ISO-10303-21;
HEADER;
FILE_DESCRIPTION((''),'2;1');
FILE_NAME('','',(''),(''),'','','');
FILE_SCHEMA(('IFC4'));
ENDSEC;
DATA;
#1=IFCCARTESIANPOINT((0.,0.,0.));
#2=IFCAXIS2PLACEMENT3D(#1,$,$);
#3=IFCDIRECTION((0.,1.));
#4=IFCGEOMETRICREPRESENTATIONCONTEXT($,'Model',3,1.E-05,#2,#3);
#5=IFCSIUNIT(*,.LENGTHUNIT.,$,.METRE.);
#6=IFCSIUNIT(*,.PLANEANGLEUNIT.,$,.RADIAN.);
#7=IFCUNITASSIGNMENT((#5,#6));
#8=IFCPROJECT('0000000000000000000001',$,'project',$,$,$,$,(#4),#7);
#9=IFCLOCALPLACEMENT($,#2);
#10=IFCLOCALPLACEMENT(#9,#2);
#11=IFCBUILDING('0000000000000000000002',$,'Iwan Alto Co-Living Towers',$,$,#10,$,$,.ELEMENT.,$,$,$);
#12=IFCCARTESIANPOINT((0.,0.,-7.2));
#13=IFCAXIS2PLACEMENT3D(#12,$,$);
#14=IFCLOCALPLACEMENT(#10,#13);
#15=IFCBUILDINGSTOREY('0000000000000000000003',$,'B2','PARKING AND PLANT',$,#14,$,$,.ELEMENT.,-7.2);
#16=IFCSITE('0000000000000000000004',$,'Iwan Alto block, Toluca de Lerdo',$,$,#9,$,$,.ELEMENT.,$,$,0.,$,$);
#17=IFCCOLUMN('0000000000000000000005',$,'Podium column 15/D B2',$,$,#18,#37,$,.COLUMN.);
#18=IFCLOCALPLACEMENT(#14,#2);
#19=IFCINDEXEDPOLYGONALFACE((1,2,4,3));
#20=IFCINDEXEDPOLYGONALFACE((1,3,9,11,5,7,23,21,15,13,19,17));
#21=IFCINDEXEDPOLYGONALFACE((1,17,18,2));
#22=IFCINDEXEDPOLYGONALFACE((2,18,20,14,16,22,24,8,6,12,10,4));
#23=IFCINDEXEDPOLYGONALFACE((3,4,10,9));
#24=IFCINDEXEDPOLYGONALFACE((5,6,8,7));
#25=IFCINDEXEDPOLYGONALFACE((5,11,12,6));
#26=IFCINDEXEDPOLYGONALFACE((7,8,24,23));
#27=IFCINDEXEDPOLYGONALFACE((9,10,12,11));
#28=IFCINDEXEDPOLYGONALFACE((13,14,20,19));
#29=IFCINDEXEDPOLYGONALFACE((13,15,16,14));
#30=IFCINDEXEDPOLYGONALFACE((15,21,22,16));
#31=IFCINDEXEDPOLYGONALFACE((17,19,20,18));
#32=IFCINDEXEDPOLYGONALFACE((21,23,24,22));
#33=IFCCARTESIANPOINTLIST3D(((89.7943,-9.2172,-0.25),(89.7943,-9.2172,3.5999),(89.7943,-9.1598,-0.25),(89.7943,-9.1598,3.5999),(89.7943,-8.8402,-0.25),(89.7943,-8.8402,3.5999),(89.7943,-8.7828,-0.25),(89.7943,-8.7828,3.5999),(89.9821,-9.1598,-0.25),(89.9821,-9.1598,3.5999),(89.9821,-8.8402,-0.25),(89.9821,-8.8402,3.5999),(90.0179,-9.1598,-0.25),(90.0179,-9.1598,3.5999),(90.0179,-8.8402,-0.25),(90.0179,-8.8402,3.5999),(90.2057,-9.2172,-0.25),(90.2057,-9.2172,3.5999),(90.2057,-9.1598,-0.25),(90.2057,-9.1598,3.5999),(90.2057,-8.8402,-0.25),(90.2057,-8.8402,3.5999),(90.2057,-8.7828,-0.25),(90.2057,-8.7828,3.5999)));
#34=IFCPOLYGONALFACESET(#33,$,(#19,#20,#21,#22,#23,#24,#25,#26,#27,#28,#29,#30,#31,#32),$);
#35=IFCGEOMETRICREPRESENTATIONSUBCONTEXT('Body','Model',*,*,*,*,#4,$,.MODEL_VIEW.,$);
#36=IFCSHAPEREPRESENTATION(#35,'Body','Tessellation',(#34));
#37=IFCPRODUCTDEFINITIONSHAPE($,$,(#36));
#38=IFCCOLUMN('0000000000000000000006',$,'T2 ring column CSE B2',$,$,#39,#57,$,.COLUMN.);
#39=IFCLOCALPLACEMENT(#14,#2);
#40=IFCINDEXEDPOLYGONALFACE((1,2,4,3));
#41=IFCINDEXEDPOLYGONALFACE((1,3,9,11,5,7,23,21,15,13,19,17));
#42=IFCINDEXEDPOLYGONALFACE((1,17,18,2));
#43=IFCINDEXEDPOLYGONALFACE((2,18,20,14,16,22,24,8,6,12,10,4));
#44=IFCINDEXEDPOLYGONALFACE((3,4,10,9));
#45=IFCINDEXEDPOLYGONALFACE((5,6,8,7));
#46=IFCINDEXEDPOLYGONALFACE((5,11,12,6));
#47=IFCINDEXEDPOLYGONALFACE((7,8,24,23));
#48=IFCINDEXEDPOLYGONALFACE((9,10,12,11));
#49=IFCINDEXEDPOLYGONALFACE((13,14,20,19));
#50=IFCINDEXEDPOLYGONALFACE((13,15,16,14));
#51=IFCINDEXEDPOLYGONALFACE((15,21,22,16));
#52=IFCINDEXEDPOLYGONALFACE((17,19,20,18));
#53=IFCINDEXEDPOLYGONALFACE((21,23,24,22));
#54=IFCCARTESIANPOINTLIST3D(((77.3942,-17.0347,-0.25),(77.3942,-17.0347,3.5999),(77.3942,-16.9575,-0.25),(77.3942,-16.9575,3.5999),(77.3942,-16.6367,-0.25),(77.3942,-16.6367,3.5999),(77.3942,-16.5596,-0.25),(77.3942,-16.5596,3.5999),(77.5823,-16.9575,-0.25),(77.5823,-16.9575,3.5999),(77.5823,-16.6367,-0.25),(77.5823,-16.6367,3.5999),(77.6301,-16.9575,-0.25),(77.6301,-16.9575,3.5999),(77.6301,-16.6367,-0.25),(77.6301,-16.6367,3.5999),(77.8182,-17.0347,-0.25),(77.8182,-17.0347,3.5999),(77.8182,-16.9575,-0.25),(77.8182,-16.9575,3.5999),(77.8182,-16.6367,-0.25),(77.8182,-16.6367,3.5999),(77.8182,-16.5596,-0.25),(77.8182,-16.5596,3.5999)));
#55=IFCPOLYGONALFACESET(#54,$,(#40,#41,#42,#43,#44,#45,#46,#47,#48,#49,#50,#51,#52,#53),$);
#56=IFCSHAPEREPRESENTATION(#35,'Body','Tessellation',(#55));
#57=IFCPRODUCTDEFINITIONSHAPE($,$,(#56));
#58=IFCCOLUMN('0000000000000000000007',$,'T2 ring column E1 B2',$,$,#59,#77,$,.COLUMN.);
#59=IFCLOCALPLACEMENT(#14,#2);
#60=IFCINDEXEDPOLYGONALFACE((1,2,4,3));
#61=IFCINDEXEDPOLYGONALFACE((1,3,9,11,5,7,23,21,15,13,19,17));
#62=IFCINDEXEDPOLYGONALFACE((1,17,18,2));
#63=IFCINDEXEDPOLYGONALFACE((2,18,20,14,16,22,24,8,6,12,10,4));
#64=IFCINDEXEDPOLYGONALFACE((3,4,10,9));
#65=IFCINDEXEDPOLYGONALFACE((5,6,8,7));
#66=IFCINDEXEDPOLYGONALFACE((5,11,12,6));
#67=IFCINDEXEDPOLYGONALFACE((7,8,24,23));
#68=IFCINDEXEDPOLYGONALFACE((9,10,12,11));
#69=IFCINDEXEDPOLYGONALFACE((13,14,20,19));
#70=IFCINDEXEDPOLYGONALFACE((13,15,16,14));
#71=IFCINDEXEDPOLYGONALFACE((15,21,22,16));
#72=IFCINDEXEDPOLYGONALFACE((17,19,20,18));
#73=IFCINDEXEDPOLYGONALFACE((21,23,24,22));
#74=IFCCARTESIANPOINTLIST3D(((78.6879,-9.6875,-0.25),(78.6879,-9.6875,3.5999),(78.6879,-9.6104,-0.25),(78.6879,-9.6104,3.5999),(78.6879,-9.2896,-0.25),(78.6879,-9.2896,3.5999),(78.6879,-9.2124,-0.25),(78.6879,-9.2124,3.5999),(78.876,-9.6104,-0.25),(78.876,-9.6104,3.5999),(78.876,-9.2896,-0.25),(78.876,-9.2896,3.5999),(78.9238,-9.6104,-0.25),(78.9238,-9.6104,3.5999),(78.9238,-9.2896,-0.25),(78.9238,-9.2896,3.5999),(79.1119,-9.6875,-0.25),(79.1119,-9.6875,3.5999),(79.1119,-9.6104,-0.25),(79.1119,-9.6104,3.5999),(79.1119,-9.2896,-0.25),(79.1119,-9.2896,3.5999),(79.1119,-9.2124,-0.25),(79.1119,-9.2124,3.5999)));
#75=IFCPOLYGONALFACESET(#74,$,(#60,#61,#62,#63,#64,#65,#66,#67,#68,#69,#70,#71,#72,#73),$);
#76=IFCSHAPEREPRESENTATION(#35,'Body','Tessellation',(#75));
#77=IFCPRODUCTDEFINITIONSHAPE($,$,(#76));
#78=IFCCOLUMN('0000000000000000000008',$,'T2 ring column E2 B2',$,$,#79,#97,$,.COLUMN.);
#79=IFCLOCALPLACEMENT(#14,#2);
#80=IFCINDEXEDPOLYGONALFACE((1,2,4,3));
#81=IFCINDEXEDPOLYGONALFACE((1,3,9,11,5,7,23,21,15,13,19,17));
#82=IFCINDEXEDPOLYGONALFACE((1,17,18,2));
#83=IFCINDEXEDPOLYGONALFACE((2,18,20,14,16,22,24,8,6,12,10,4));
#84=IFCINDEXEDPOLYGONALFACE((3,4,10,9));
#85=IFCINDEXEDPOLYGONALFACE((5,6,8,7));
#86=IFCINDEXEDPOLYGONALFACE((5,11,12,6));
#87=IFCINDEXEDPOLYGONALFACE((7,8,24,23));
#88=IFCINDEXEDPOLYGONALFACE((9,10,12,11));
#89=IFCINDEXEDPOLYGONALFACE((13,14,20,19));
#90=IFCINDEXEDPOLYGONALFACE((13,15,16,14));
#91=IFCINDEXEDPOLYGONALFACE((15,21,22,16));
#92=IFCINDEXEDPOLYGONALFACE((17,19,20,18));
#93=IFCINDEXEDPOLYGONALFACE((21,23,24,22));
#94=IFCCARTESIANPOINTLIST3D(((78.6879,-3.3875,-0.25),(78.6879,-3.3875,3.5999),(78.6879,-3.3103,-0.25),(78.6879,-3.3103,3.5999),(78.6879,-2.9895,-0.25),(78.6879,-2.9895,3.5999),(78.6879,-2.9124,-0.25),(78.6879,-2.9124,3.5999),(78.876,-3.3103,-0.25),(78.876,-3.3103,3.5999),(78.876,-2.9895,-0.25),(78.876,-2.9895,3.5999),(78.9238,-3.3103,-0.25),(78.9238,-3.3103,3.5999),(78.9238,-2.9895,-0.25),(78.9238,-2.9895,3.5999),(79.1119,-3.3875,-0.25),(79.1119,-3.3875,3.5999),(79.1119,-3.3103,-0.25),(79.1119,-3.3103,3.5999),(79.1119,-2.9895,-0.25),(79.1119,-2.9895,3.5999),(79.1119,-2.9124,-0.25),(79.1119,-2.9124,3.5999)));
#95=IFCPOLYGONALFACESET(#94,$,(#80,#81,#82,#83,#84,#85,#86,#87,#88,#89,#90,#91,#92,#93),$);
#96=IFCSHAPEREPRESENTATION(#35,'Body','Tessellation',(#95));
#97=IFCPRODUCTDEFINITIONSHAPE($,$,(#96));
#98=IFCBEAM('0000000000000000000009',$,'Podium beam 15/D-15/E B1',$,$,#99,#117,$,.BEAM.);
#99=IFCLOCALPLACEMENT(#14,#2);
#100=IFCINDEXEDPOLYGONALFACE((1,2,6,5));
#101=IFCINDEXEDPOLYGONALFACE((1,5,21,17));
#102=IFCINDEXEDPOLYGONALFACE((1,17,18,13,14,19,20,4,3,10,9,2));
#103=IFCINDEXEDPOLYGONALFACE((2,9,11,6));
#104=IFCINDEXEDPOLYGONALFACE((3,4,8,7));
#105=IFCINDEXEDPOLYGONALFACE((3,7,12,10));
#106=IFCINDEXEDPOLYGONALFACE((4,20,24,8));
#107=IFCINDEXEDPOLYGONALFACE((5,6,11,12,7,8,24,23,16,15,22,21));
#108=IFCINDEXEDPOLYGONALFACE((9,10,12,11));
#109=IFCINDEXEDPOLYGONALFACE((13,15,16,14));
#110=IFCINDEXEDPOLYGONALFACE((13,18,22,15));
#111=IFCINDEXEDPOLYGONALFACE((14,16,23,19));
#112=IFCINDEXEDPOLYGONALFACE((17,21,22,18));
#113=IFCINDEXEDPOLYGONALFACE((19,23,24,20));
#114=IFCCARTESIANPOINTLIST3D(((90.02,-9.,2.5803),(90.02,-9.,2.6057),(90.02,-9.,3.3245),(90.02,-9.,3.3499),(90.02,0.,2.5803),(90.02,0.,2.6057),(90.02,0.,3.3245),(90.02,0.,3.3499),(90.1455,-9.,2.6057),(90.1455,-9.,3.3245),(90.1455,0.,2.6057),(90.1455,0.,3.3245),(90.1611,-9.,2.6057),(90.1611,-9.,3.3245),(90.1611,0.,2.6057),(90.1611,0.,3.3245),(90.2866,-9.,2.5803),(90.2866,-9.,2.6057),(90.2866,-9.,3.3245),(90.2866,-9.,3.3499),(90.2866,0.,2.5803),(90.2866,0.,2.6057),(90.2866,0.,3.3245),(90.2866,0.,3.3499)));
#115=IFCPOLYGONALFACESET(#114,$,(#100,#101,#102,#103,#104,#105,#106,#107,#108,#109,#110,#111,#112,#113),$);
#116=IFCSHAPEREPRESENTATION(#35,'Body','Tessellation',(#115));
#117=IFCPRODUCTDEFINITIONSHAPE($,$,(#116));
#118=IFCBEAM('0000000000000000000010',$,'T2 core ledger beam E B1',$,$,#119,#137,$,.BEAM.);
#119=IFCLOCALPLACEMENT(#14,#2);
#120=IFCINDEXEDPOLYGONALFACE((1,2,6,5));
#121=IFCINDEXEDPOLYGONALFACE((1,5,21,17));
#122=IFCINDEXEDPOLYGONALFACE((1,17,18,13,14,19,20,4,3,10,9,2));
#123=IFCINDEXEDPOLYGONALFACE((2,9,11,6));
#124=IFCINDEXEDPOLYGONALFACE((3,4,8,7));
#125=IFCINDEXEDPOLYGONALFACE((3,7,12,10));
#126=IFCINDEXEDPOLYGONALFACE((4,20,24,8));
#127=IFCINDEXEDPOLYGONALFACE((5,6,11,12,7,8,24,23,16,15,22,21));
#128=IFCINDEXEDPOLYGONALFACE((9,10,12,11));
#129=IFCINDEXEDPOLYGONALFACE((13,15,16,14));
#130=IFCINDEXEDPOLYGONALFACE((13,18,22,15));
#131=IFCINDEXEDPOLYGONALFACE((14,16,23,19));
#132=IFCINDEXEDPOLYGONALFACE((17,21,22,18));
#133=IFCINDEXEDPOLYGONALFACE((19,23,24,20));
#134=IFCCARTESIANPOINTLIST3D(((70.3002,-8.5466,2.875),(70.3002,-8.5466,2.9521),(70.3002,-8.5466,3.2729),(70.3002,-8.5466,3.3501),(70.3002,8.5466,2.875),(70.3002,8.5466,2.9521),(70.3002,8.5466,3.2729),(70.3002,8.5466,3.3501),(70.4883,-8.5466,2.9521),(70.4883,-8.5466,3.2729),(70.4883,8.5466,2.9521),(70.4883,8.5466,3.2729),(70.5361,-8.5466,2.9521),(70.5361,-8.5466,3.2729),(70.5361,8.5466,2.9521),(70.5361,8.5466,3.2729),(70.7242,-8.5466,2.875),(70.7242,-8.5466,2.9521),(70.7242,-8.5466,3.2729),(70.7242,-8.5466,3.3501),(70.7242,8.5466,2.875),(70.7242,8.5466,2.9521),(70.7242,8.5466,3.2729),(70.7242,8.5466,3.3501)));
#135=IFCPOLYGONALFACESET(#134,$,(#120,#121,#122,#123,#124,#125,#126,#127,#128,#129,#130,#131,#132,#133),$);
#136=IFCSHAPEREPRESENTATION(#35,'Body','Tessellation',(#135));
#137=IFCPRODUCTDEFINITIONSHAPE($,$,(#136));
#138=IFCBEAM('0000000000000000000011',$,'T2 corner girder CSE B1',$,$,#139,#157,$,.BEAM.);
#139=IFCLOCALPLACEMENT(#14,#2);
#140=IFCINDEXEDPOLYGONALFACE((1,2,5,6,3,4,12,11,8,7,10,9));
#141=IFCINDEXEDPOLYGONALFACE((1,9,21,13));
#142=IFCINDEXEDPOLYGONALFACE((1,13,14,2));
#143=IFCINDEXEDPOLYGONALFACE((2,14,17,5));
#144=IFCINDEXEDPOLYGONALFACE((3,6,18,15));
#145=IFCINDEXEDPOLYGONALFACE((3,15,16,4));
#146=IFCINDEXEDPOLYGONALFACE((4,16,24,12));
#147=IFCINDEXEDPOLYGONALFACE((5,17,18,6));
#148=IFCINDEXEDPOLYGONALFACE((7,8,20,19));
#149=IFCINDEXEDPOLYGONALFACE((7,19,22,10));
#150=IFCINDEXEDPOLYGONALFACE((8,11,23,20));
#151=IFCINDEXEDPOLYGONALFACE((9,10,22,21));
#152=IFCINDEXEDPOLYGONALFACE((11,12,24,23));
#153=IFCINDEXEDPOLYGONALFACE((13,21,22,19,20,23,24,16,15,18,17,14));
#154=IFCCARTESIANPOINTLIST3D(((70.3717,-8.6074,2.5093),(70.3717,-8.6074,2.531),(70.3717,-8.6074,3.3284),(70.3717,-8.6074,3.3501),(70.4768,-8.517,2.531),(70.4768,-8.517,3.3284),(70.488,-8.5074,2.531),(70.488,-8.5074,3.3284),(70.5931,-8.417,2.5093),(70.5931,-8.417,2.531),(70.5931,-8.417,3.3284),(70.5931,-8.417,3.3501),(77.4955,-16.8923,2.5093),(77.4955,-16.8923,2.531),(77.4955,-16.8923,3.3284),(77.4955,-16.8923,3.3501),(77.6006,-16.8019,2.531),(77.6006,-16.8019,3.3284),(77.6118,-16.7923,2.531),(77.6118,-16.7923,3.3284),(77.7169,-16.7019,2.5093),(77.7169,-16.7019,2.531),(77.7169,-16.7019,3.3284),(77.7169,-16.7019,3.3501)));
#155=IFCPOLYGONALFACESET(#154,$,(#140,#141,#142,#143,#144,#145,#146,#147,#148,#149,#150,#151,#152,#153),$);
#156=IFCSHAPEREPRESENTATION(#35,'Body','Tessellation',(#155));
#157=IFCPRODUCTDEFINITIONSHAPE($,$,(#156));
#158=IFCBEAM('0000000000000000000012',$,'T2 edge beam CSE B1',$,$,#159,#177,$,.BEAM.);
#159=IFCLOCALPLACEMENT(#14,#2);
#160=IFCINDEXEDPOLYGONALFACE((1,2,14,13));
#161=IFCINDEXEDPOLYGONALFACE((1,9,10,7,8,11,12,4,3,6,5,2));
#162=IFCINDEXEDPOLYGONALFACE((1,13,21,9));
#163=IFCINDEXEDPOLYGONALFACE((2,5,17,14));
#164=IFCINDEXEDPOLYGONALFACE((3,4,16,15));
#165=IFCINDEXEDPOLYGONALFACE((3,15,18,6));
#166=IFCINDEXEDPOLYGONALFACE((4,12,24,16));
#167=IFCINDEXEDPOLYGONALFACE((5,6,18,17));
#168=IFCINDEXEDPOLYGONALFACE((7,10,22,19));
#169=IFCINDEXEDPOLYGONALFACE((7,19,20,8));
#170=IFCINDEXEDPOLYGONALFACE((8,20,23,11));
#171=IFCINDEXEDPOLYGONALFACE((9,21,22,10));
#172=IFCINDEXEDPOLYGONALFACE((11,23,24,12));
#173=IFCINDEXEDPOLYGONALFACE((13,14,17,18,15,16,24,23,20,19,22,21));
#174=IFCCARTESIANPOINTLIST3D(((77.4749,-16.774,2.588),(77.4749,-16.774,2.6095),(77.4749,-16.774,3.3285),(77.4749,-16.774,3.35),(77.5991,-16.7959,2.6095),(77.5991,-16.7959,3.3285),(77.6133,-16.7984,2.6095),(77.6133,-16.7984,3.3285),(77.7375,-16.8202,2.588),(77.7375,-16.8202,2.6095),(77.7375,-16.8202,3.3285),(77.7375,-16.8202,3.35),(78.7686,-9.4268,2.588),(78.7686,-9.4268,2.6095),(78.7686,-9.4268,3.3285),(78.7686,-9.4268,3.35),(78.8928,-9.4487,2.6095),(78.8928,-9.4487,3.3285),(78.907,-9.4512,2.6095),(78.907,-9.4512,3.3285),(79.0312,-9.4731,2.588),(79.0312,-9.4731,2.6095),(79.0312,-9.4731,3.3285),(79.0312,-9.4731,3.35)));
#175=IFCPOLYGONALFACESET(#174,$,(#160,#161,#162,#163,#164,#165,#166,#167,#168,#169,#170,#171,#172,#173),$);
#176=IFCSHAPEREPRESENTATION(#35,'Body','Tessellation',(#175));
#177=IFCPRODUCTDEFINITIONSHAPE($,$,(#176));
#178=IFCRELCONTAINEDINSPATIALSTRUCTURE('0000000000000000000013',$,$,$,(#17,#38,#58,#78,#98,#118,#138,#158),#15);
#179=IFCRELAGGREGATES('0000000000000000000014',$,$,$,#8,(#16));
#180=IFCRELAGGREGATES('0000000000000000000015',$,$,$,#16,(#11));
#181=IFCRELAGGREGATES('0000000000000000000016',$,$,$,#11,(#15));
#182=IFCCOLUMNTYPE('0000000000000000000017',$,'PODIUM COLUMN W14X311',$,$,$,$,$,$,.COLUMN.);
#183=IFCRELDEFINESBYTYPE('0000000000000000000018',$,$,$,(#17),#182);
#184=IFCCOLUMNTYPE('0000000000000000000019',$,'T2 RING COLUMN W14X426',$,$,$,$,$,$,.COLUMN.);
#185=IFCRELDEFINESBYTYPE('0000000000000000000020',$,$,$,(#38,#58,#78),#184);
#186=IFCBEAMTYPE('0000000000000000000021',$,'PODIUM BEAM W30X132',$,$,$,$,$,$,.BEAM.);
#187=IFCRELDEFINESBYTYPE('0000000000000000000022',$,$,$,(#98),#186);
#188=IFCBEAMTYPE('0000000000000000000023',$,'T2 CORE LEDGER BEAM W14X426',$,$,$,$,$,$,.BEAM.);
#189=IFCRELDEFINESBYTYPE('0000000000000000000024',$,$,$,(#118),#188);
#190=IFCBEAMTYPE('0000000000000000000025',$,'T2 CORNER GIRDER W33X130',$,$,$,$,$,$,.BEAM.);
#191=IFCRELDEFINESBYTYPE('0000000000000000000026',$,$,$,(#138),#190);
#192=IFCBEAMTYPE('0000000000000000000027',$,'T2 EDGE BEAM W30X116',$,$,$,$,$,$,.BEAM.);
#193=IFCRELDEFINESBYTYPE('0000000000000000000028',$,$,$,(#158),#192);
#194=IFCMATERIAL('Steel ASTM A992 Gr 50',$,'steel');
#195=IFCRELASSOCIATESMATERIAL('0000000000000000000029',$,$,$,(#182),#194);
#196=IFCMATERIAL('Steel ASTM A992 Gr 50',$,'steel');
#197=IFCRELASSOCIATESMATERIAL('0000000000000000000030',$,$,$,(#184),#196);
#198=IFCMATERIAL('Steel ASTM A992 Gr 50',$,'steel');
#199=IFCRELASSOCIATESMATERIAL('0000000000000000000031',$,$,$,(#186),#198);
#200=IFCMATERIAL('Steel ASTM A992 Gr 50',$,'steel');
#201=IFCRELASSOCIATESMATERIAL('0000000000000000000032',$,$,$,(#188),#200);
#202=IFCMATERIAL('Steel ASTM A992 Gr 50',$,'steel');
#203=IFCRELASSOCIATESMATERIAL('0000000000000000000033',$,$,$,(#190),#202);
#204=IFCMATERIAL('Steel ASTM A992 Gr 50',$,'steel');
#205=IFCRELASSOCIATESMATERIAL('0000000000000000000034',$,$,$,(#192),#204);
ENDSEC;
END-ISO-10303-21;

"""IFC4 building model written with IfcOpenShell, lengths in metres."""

from ifc_helpers import new_model, si_unit, direction, frame, origin, origin_2d, place, context, subcontext, project, spatial, i_section, extrude, material, material_profile, profile_set, type_object, element, save


model = new_model("IFC4")

# Units and contexts
model_context = context("Model", 3, precision=1e-05, world=origin(), true_north=direction((0.0, 1.0)))
body_context = subcontext(model_context, "Body", "Model", "MODEL_VIEW")
ifc_project = project(units=[si_unit("LENGTHUNIT", "METRE"), si_unit("PLANEANGLEUNIT", "RADIAN")], contexts=[model_context])

# Site, building, storey
site_placement = place(None, origin())
site = spatial("IfcSite", under=ifc_project, at=site_placement, Name="Iwan Alto block, Toluca de Lerdo", CompositionType="ELEMENT", RefElevation=0.0)
building_placement = place(site_placement, origin())
building = spatial("IfcBuilding", under=site, at=building_placement, Name="Iwan Alto Co-Living Towers", CompositionType="ELEMENT")
storey_placement = place(building_placement, frame((0.0, 0.0, -7.2)))
storey = spatial("IfcBuildingStorey", under=building, at=storey_placement, Name="B2", Description="PARKING AND PLANT", CompositionType="ELEMENT", Elevation=-7.2)

# Columns
ifc_material_1 = material(Name="Steel ASTM A992 Gr 50", Category="steel")
ifc_material_profile_1 = material_profile(ifc_material_1, i_section(OverallWidth=0.4114, OverallDepth=0.4343, WebThickness=0.0359, FlangeThickness=0.0574, at=origin_2d()), Name="W14X311")
ifc_profile_set_1 = profile_set([ifc_material_profile_1], Name="Steel ASTM A992 Gr 50")
column_type_1 = type_object("IfcColumnType", Name="PODIUM COLUMN W14X311", PredefinedType="COLUMN", material=ifc_profile_set_1)
column_placement = place(storey_placement, frame((90.0, -9.0, -0.25), z_axis=(0.0, 0.0, 1.0), x_axis=(1.0, 0.0, 0.0)))
element("IfcColumn", 1, at=column_placement, inside=storey, type_object=column_type_1, Name="Podium column 15/D B2", PredefinedType="COLUMN", context=body_context, shape_type="SweptSolid", body=[
    extrude(i_section(OverallWidth=0.4114, OverallDepth=0.4343, WebThickness=0.0359, FlangeThickness=0.0574, at=origin_2d()), origin(), (0.0, 0.0, 1.0), 3.8499),
])
ifc_material_2 = material(Name="Steel ASTM A992 Gr 50", Category="steel")
ifc_material_profile_2 = material_profile(ifc_material_2, i_section(OverallWidth=0.4241, OverallDepth=0.4751, WebThickness=0.0479, FlangeThickness=0.0771, at=origin_2d()), Name="W14X426")
ifc_profile_set_2 = profile_set([ifc_material_profile_2], Name="Steel ASTM A992 Gr 50")
column_type_2 = type_object("IfcColumnType", Name="T2 RING COLUMN W14X426", PredefinedType="COLUMN", material=ifc_profile_set_2)
for number, where, z_axis, x_axis, name in (
    (2, (77.6062, -16.7971, -0.25), (0.0, 0.0, 1.0), (1.0, 0.0, 0.0), "T2 ring column CSE B2"),
    (3, (78.8999, -9.45, -0.25), (0.0, 0.0, 1.0), (1.0, 0.0, 0.0), "T2 ring column E1 B2"),
    (4, (78.8999, -3.1499, -0.25), (0.0, 0.0, 1.0), (1.0, 0.0, 0.0), "T2 ring column E2 B2"),
):
    element("IfcColumn", number, at=place(storey_placement, frame(where, z_axis=z_axis, x_axis=x_axis)), inside=storey, type_object=column_type_2, Name=name, PredefinedType="COLUMN", context=body_context, shape_type="SweptSolid", body=[
        extrude(i_section(OverallWidth=0.4241, OverallDepth=0.4751, WebThickness=0.0479, FlangeThickness=0.0771, at=origin_2d()), origin(), (0.0, 0.0, 1.0), 3.8499),
    ])

# Beams
ifc_material_3 = material(Name="Steel ASTM A992 Gr 50", Category="steel")
ifc_material_profile_3 = material_profile(ifc_material_3, i_section(OverallWidth=0.2666, OverallDepth=0.7695, WebThickness=0.0156, FlangeThickness=0.0254, at=origin_2d()), Name="W30X132")
ifc_profile_set_3 = profile_set([ifc_material_profile_3], Name="Steel ASTM A992 Gr 50")
beam_type_1 = type_object("IfcBeamType", Name="PODIUM BEAM W30X132", PredefinedType="BEAM", material=ifc_profile_set_3)
beam_1_placement = place(storey_placement, frame((90.1533, -9.0, 2.9651), z_axis=(0.0, 1.0, 0.0), x_axis=(-1.0, 0.0, 0.0)))
element("IfcBeam", 5, at=beam_1_placement, inside=storey, type_object=beam_type_1, Name="Podium beam 15/D-15/E B1", PredefinedType="BEAM", context=body_context, shape_type="SweptSolid", body=[
    extrude(i_section(OverallWidth=0.2666, OverallDepth=0.7695, WebThickness=0.0156, FlangeThickness=0.0254, at=origin_2d()), origin(), (0.0, 0.0, 1.0), 9.0),
])
ifc_material_4 = material(Name="Steel ASTM A992 Gr 50", Category="steel")
ifc_material_profile_4 = material_profile(ifc_material_4, i_section(OverallWidth=0.4241, OverallDepth=0.4751, WebThickness=0.0479, FlangeThickness=0.0771, at=origin_2d()), Name="W14X426")
ifc_profile_set_4 = profile_set([ifc_material_profile_4], Name="Steel ASTM A992 Gr 50")
beam_type_2 = type_object("IfcBeamType", Name="T2 CORE LEDGER BEAM W14X426", PredefinedType="BEAM", material=ifc_profile_set_4)
beam_2_placement = place(storey_placement, frame((70.5122, -8.5466, 3.1125), z_axis=(0.0, 1.0, 0.0), x_axis=(-1.0, 0.0, 0.0)))
element("IfcBeam", 6, at=beam_2_placement, inside=storey, type_object=beam_type_2, Name="T2 core ledger beam E B1", PredefinedType="BEAM", context=body_context, shape_type="SweptSolid", body=[
    extrude(i_section(OverallWidth=0.4241, OverallDepth=0.4751, WebThickness=0.0479, FlangeThickness=0.0771, at=origin_2d()), origin(), (0.0, 0.0, 1.0), 17.0933),
])
ifc_material_5 = material(Name="Steel ASTM A992 Gr 50", Category="steel")
ifc_material_profile_5 = material_profile(ifc_material_5, i_section(OverallWidth=0.292, OverallDepth=0.8408, WebThickness=0.0146, FlangeThickness=0.0217, at=origin_2d()), Name="W33X130")
ifc_profile_set_5 = profile_set([ifc_material_profile_5], Name="Steel ASTM A992 Gr 50")
beam_type_3 = type_object("IfcBeamType", Name="T2 CORNER GIRDER W33X130", PredefinedType="BEAM", material=ifc_profile_set_5)
beam_3_placement = place(storey_placement, frame((77.6062, -16.7971, 2.9297), z_axis=(-0.651974, 0.758242, 0.0), x_axis=(-0.758242, -0.651974, 0.0)))
element("IfcBeam", 7, at=beam_3_placement, inside=storey, type_object=beam_type_3, Name="T2 corner girder CSE B1", PredefinedType="BEAM", context=body_context, shape_type="SweptSolid", body=[
    extrude(i_section(OverallWidth=0.292, OverallDepth=0.8408, WebThickness=0.0146, FlangeThickness=0.0217, at=origin_2d()), origin(), (0.0, 0.0, 1.0), 10.9265),
])
ifc_material_6 = material(Name="Steel ASTM A992 Gr 50", Category="steel")
ifc_material_profile_6 = material_profile(ifc_material_6, i_section(OverallWidth=0.2666, OverallDepth=0.762, WebThickness=0.0144, FlangeThickness=0.0215, at=origin_2d()), Name="W30X116")
ifc_profile_set_6 = profile_set([ifc_material_profile_6], Name="Steel ASTM A992 Gr 50")
beam_type_4 = type_object("IfcBeamType", Name="T2 EDGE BEAM W30X116", PredefinedType="BEAM", material=ifc_profile_set_6)
beam_4_placement = place(storey_placement, frame((77.6062, -16.7971, 2.969), z_axis=(0.173414, 0.984849, 0.0), x_axis=(-0.984849, 0.173414, 0.0)))
element("IfcBeam", 8, at=beam_4_placement, inside=storey, type_object=beam_type_4, Name="T2 edge beam CSE B1", PredefinedType="BEAM", context=body_context, shape_type="SweptSolid", body=[
    extrude(i_section(OverallWidth=0.2666, OverallDepth=0.762, WebThickness=0.0144, FlangeThickness=0.0215, at=origin_2d()), origin(), (0.0, 0.0, 1.0), 7.4602),
])

save(model, "model.ifc")
